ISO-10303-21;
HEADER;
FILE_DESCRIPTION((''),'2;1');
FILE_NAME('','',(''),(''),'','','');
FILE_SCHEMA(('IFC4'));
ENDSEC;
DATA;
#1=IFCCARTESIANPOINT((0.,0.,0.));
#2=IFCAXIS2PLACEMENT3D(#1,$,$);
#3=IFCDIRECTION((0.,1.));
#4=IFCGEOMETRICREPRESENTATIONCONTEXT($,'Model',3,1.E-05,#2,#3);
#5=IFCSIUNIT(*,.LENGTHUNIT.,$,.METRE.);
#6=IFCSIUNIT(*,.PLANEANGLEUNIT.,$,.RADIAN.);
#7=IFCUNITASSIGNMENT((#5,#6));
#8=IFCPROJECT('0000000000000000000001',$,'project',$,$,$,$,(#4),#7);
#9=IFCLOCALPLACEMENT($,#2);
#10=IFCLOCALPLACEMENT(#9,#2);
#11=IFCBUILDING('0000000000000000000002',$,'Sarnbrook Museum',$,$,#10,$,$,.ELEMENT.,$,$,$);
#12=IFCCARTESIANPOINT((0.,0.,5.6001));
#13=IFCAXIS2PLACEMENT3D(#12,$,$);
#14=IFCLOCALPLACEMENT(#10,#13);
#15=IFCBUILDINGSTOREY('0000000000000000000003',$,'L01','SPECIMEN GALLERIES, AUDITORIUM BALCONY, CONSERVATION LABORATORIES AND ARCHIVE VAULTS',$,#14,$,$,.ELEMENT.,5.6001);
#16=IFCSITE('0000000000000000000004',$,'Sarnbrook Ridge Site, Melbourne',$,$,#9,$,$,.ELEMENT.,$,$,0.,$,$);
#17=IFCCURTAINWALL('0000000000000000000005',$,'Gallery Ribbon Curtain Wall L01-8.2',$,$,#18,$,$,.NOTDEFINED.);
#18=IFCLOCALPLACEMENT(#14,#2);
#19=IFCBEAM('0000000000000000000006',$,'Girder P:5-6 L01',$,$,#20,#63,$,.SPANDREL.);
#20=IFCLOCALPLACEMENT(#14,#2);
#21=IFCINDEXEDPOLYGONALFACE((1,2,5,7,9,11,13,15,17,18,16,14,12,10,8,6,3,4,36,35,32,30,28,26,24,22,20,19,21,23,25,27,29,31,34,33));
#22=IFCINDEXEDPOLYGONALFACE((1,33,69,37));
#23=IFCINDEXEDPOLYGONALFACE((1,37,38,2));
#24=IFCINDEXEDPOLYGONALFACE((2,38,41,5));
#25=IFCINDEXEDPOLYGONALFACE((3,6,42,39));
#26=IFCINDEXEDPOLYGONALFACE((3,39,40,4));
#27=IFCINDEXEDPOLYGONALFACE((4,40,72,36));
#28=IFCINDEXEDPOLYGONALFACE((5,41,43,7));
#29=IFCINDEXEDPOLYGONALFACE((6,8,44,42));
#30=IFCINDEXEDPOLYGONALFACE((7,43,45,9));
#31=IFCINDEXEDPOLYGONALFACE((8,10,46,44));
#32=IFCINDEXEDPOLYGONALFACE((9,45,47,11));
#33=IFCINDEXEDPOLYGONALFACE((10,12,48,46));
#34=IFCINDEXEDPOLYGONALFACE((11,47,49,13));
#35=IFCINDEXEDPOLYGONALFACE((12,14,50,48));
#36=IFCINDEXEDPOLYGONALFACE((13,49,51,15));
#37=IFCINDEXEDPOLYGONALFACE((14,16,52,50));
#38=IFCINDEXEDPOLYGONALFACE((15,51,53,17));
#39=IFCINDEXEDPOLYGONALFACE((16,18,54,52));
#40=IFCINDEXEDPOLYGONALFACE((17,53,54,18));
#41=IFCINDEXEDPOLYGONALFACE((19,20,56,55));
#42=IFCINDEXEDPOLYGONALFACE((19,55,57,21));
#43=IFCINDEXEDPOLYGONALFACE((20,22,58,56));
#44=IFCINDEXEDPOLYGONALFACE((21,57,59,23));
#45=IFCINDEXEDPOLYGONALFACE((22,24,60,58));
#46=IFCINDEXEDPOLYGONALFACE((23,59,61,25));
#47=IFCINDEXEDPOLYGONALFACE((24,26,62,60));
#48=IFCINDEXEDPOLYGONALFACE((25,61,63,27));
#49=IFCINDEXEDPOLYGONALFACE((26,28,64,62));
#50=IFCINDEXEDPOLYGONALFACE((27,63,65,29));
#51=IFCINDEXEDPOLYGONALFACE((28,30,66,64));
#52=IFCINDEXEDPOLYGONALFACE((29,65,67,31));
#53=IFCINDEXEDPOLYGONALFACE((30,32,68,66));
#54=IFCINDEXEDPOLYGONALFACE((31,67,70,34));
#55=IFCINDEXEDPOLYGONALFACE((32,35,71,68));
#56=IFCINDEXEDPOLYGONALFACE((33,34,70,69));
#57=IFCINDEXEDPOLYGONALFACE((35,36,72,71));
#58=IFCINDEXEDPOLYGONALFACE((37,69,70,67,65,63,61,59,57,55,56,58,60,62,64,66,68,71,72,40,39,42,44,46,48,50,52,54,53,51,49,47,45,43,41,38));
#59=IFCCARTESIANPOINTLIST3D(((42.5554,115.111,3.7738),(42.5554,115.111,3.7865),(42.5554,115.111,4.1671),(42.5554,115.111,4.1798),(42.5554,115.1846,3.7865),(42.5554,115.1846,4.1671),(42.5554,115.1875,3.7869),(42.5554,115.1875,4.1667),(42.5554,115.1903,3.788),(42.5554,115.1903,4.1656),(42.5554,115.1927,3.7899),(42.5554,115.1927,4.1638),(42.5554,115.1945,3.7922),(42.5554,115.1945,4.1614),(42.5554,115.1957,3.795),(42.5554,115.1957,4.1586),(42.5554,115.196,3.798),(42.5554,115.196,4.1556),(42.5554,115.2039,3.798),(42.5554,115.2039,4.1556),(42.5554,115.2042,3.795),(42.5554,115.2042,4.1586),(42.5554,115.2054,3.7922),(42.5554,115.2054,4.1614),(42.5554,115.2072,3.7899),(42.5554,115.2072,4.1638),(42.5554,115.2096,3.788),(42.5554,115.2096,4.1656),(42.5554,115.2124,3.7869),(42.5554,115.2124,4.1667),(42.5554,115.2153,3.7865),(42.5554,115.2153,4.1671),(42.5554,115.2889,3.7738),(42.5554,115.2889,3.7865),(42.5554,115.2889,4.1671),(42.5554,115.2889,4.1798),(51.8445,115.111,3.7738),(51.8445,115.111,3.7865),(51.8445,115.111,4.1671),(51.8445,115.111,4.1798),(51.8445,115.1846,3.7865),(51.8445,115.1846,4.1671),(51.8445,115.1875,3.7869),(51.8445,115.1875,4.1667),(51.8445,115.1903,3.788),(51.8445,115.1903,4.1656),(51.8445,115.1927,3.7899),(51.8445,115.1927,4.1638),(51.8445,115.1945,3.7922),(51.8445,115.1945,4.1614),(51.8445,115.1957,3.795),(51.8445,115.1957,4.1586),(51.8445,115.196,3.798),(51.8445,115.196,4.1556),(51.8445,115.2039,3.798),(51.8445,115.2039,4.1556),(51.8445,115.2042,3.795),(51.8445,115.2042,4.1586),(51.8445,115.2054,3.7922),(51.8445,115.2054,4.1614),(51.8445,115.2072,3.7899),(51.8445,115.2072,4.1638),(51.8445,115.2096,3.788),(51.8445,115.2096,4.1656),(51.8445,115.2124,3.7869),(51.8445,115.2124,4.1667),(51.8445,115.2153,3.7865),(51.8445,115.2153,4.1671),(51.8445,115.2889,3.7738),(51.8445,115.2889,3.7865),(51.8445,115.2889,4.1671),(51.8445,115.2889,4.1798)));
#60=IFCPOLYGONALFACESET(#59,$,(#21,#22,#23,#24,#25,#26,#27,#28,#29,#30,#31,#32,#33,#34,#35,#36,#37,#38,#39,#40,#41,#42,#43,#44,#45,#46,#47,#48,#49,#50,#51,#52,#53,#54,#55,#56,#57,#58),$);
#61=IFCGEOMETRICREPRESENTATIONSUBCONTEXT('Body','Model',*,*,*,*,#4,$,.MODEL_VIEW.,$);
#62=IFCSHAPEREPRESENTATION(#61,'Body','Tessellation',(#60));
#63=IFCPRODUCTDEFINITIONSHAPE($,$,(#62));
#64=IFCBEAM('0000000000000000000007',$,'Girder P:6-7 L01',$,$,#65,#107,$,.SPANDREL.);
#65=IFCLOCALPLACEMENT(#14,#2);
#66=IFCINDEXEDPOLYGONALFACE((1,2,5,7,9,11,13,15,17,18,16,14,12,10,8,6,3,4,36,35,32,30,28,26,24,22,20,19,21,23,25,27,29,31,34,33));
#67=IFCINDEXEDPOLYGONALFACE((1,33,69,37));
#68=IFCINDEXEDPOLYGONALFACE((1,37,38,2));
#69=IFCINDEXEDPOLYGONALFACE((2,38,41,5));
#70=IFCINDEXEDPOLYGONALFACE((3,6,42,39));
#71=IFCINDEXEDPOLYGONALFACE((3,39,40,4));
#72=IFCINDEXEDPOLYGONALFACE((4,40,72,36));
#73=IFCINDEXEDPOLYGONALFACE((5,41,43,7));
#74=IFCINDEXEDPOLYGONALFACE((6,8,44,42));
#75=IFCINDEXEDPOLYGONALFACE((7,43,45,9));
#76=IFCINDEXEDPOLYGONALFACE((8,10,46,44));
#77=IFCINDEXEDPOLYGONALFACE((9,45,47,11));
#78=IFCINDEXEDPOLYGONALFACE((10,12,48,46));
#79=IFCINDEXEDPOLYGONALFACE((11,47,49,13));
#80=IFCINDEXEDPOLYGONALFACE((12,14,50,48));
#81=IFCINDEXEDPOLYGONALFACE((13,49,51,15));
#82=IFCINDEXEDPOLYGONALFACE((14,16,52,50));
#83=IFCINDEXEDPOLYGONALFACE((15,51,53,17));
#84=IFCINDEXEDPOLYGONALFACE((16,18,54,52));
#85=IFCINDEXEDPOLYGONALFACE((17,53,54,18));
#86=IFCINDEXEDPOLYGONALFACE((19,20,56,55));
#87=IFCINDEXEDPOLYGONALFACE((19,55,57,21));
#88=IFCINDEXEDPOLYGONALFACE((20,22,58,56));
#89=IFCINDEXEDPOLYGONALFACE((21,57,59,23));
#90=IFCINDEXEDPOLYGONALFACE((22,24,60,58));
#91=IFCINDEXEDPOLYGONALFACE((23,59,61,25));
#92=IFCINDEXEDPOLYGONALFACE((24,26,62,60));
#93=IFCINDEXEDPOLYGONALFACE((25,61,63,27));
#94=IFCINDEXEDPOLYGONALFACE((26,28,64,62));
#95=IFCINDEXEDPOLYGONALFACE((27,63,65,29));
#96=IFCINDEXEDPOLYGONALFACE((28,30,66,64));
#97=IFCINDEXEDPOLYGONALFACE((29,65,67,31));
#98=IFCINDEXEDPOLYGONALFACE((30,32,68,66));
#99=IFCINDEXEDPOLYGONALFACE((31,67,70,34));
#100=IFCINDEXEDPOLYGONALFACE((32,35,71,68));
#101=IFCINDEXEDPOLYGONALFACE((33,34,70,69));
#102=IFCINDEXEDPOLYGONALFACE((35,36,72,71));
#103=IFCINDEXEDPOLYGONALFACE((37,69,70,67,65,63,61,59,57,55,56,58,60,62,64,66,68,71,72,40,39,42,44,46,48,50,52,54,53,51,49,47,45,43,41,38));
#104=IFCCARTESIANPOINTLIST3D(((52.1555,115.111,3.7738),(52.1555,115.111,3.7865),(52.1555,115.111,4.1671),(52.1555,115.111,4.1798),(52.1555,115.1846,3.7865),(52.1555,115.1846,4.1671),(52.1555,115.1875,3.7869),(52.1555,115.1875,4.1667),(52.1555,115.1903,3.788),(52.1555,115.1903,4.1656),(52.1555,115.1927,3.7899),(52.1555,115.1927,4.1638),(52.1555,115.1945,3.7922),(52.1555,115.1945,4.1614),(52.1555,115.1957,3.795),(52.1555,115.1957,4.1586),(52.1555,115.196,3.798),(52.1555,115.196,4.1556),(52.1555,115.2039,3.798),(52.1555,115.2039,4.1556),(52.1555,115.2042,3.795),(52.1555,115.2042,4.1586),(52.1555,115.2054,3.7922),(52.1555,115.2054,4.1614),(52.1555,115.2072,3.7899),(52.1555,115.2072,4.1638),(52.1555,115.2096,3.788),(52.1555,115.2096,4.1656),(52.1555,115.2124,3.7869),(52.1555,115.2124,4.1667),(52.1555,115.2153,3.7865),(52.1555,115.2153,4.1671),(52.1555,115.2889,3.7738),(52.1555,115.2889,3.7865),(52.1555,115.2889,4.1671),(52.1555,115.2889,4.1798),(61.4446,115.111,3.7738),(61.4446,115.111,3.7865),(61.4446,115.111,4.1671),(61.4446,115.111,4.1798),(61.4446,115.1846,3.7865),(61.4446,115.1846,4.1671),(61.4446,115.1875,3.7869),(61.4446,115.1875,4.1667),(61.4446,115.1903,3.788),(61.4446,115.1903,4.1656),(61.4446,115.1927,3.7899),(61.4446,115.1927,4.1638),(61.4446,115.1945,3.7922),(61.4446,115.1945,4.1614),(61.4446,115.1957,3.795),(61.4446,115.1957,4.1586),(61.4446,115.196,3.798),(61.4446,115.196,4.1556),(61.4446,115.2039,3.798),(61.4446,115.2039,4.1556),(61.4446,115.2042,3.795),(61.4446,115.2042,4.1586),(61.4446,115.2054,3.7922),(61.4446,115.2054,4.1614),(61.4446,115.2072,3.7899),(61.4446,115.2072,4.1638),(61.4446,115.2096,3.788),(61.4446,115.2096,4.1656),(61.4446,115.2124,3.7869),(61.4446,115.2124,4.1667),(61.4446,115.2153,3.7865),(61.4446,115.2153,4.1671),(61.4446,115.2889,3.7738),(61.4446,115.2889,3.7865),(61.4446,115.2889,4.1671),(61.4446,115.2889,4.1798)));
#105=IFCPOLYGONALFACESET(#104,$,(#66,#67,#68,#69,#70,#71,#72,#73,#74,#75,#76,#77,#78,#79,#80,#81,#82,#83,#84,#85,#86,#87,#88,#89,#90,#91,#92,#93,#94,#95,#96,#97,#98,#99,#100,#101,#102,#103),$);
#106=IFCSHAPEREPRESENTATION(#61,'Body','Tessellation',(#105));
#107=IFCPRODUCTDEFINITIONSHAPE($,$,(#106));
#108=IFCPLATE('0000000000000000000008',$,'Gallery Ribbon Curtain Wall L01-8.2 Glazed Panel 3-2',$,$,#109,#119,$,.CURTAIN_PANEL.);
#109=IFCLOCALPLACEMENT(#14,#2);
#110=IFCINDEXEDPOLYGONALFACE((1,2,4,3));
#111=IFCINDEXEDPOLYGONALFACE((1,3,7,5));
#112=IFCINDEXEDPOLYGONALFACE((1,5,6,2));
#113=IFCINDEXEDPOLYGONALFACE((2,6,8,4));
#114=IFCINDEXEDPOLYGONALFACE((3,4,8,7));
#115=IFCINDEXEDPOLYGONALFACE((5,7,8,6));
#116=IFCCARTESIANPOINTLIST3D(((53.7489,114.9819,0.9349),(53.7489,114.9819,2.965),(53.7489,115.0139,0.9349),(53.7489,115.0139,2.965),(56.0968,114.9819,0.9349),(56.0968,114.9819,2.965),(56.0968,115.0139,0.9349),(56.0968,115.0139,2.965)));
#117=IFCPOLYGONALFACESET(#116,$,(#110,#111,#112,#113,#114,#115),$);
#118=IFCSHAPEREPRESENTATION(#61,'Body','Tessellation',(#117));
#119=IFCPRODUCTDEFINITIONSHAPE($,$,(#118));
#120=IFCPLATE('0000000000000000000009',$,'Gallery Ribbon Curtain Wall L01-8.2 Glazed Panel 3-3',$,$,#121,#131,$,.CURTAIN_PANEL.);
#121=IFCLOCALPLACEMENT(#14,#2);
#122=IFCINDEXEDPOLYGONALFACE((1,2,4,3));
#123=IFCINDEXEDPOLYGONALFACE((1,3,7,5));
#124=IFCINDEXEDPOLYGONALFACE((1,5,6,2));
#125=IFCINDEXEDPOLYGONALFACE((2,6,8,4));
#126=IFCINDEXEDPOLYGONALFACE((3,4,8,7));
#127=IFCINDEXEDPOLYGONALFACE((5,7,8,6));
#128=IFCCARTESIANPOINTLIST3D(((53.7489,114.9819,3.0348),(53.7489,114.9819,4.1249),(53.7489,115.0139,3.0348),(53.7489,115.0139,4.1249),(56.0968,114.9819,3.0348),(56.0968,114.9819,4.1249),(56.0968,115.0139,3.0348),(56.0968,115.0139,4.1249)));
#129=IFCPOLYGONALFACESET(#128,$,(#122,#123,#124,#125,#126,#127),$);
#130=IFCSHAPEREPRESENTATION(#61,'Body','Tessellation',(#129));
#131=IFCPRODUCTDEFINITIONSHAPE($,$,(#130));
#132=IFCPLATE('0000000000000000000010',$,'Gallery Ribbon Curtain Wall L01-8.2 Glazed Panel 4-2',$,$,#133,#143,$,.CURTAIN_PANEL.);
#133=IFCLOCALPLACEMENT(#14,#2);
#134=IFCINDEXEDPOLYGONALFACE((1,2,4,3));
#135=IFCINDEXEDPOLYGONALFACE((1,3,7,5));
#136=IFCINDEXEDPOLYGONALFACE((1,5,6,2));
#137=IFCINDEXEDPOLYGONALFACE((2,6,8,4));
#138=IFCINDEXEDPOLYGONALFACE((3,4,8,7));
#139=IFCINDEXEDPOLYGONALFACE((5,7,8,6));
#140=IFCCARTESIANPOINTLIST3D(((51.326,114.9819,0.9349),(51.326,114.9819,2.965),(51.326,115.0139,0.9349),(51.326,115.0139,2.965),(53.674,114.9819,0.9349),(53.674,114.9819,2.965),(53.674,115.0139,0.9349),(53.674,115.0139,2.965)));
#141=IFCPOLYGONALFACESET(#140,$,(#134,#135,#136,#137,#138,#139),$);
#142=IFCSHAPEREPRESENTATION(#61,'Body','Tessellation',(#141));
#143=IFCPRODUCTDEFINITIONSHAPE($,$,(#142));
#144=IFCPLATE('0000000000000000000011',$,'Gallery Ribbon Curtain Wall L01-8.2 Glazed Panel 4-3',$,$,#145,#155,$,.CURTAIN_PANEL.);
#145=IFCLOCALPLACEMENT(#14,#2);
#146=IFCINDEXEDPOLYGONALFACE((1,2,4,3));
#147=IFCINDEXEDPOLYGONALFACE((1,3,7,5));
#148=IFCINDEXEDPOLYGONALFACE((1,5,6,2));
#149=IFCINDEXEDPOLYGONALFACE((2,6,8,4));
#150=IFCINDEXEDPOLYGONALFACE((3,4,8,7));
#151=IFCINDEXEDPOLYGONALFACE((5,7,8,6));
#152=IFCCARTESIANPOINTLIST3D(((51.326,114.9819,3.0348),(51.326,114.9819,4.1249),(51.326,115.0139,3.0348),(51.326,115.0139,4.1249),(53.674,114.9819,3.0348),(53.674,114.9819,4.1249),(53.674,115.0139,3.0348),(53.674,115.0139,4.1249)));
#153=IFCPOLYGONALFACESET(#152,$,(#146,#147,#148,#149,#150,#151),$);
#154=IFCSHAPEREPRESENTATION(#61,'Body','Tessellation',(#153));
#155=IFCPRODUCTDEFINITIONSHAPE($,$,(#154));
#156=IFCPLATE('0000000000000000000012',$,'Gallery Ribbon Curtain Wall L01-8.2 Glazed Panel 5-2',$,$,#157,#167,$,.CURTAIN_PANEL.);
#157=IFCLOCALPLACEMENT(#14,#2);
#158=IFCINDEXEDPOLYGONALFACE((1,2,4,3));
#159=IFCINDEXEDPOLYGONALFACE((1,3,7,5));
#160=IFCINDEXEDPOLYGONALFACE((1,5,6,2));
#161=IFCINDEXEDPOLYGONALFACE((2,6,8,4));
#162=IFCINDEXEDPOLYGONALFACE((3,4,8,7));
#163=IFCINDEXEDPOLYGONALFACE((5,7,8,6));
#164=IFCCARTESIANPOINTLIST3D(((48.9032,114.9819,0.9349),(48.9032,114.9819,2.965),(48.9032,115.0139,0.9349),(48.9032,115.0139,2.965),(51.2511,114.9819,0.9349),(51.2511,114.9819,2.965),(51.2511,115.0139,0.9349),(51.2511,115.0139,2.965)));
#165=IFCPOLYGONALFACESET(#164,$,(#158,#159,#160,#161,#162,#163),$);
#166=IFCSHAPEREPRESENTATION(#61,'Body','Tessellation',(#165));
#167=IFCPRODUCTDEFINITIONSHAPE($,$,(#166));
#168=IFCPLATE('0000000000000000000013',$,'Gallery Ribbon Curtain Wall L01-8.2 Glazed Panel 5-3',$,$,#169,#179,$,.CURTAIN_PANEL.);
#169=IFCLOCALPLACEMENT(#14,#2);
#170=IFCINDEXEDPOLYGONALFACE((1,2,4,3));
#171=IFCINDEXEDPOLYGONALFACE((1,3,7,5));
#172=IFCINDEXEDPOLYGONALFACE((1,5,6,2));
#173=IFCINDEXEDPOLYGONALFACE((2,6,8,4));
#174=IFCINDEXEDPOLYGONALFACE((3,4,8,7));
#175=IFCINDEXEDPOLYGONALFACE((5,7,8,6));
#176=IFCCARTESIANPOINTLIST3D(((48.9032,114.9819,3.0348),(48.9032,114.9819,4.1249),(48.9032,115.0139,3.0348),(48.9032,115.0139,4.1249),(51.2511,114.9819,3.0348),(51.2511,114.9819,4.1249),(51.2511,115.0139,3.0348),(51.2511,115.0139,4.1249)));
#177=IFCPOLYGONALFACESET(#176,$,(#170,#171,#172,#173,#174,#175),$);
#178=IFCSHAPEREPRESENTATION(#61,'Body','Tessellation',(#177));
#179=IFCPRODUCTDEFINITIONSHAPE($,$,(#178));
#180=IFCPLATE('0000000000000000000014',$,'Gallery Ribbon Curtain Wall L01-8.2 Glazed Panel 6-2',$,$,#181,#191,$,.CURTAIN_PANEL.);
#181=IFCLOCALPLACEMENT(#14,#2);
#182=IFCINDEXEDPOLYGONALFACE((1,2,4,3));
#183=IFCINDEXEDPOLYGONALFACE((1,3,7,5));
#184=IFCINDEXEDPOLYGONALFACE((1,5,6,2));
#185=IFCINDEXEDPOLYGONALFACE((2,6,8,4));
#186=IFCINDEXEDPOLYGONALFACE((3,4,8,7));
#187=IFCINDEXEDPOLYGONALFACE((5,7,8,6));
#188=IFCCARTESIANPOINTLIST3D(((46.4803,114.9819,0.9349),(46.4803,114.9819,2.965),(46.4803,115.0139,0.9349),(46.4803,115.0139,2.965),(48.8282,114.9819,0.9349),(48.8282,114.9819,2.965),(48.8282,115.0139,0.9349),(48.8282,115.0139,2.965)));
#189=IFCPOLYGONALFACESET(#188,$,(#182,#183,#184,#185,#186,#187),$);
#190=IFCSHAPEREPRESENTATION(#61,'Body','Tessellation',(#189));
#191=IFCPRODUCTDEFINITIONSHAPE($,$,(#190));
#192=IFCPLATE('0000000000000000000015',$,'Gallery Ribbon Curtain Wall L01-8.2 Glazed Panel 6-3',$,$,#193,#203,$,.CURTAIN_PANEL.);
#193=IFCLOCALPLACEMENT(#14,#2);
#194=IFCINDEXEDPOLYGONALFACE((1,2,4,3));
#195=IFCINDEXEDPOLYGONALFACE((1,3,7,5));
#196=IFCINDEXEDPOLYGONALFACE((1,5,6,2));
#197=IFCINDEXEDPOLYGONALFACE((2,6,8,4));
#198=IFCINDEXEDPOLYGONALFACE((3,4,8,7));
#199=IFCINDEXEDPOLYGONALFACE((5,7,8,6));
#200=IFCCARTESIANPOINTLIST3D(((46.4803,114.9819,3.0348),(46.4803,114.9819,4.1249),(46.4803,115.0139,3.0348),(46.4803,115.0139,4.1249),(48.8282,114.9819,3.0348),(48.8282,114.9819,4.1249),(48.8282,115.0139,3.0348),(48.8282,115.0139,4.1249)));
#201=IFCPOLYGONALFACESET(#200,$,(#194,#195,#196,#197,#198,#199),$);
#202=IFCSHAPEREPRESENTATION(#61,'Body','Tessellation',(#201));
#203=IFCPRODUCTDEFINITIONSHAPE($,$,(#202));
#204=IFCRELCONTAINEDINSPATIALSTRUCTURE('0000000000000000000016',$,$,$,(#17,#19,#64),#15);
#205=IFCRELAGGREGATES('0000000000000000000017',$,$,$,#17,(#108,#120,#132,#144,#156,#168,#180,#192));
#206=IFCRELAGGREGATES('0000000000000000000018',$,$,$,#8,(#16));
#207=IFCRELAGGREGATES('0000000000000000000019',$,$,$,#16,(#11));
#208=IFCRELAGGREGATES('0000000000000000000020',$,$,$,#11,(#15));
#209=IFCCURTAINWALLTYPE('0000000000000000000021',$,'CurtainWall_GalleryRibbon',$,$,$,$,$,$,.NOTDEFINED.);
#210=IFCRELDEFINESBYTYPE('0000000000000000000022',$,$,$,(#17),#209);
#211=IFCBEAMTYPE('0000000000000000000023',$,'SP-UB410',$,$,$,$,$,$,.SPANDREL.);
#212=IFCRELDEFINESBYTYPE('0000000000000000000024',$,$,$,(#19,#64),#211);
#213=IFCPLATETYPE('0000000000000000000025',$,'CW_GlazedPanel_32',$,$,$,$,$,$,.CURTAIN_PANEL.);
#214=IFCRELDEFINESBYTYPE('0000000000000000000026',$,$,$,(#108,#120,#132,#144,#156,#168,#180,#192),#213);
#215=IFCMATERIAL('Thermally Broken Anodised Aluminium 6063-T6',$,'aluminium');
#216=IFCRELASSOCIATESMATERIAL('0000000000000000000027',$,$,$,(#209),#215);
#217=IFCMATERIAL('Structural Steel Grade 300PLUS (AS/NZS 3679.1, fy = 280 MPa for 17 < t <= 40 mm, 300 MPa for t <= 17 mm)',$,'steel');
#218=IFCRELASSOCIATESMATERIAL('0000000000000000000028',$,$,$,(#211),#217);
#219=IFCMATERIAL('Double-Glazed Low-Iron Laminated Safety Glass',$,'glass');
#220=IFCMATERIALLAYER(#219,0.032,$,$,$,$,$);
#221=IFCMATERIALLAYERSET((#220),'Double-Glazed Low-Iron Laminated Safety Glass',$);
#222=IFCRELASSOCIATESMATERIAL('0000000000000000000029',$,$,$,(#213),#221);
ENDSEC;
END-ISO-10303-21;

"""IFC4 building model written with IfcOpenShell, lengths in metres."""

from ifc_helpers import new_model, si_unit, direction, frame, origin, origin_2d, place, context, subcontext, project, spatial, rectangle, i_section, extrude, material, layer, layer_set, material_profile, profile_set, type_object, element, aggregate, save


model = new_model("IFC4")

# Units and contexts
model_context = context("Model", 3, precision=1e-05, world=origin(), true_north=direction((0.0, 1.0)))
body_context = subcontext(model_context, "Body", "Model", "MODEL_VIEW")
ifc_project = project(units=[si_unit("LENGTHUNIT", "METRE"), si_unit("PLANEANGLEUNIT", "RADIAN")], contexts=[model_context])

# Site, building, storey
site_placement = place(None, origin())
site = spatial("IfcSite", under=ifc_project, at=site_placement, Name="Sarnbrook Ridge Site, Melbourne", CompositionType="ELEMENT", RefElevation=0.0)
building_placement = place(site_placement, origin())
building = spatial("IfcBuilding", under=site, at=building_placement, Name="Sarnbrook Museum", CompositionType="ELEMENT")
storey_placement = place(building_placement, frame((0.0, 0.0, 5.6001)))
storey = spatial("IfcBuildingStorey", under=building, at=storey_placement, Name="L01", Description="SPECIMEN GALLERIES, AUDITORIUM BALCONY, CONSERVATION LABORATORIES AND ARCHIVE VAULTS", CompositionType="ELEMENT", Elevation=5.6001)

# Shared definitions
ifc_material_1 = material(Name="Structural Steel Grade 300PLUS (AS/NZS 3679.1, fy = 280 MPa for 17 < t <= 40 mm, 300 MPa for t <= 17 mm)", Category="steel")

# Curtain wall
ifc_material_2 = material(Name="Thermally Broken Anodised Aluminium 6063-T6", Category="aluminium")
curtain_wall_type = type_object("IfcCurtainWallType", Name="CurtainWall_GalleryRibbon", PredefinedType="NOTDEFINED", material=ifc_material_2)
curtain_wall_placement = place(storey_placement, origin())
curtain_wall = element("IfcCurtainWall", 1, at=curtain_wall_placement, inside=storey, type_object=curtain_wall_type, Name="Gallery Ribbon Curtain Wall L01-8.2", PredefinedType="NOTDEFINED")

# Beams
ifc_material_profile_1 = material_profile(ifc_material_1, i_section(OverallWidth=0.178, OverallDepth=0.406, WebThickness=0.0078, FlangeThickness=0.0127, FilletRadius=0.0115, at=origin_2d()), Name="410UB59.7")
ifc_profile_set_1 = profile_set([ifc_material_profile_1], Name="Structural Steel Grade 300PLUS (AS/NZS 3679.1, fy = 280 MPa for 17 < t <= 40 mm, 300 MPa for t <= 17 mm)")
beam_type = type_object("IfcBeamType", Name="SP-UB410", PredefinedType="SPANDREL", material=ifc_profile_set_1)
for number, where, z_axis, x_axis, name in (
    (2, (42.5554, 115.2, 3.9768), (1.0, 0.0, 0.0), (0.0, 1.0, 0.0), "Girder P:5-6 L01"),
    (3, (52.1555, 115.2, 3.9768), (1.0, 0.0, 0.0), (0.0, 1.0, 0.0), "Girder P:6-7 L01"),
):
    element("IfcBeam", number, at=place(storey_placement, frame(where, z_axis=z_axis, x_axis=x_axis)), inside=storey, type_object=beam_type, Name=name, PredefinedType="SPANDREL", context=body_context, shape_type="SweptSolid", body=[
        extrude(i_section(OverallWidth=0.178, OverallDepth=0.406, WebThickness=0.0078, FlangeThickness=0.0127, FilletRadius=0.0115, at=origin_2d()), origin(), (0.0, 0.0, 1.0), 9.2891),
    ])

# Plates
ifc_material_3 = material(Name="Double-Glazed Low-Iron Laminated Safety Glass", Category="glass")
ifc_layer_1 = layer(ifc_material_3, 0.032)
ifc_layer_set_1 = layer_set([ifc_layer_1], Name="Double-Glazed Low-Iron Laminated Safety Glass")
plate_type_1 = type_object("IfcPlateType", Name="CW_GlazedPanel_32", PredefinedType="CURTAIN_PANEL", material=ifc_layer_set_1)
plate_1_placement = place(storey_placement, frame((54.9229, 114.9819, 1.95), z_axis=(0.0, 1.0, 0.0), x_axis=(-1.0, 0.0, 0.0)))
plate_1 = element("IfcPlate", 4, at=plate_1_placement, type_object=plate_type_1, Name="Gallery Ribbon Curtain Wall L01-8.2 Glazed Panel 3-2", PredefinedType="CURTAIN_PANEL", context=body_context, shape_type="SweptSolid", body=[
    extrude(rectangle(XDim=2.3479, YDim=2.03, at=origin_2d()), origin(), (0.0, 0.0, 1.0), 0.032),
])
plate_2_placement = place(storey_placement, frame((54.9229, 114.9819, 3.5798), z_axis=(0.0, 1.0, 0.0), x_axis=(-1.0, 0.0, 0.0)))
plate_2 = element("IfcPlate", 5, at=plate_2_placement, type_object=plate_type_1, Name="Gallery Ribbon Curtain Wall L01-8.2 Glazed Panel 3-3", PredefinedType="CURTAIN_PANEL", context=body_context, shape_type="SweptSolid", body=[
    extrude(rectangle(XDim=2.3479, YDim=1.0901, at=origin_2d()), origin(), (0.0, 0.0, 1.0), 0.032),
])
plate_3_placement = place(storey_placement, frame((52.5, 114.9819, 1.95), z_axis=(0.0, 1.0, 0.0), x_axis=(-1.0, 0.0, 0.0)))
plate_3 = element("IfcPlate", 6, at=plate_3_placement, type_object=plate_type_1, Name="Gallery Ribbon Curtain Wall L01-8.2 Glazed Panel 4-2", PredefinedType="CURTAIN_PANEL", context=body_context, shape_type="SweptSolid", body=[
    extrude(rectangle(XDim=2.3479, YDim=2.03, at=origin_2d()), origin(), (0.0, 0.0, 1.0), 0.032),
])
plate_4_placement = place(storey_placement, frame((52.5, 114.9819, 3.5798), z_axis=(0.0, 1.0, 0.0), x_axis=(-1.0, 0.0, 0.0)))
plate_4 = element("IfcPlate", 7, at=plate_4_placement, type_object=plate_type_1, Name="Gallery Ribbon Curtain Wall L01-8.2 Glazed Panel 4-3", PredefinedType="CURTAIN_PANEL", context=body_context, shape_type="SweptSolid", body=[
    extrude(rectangle(XDim=2.3479, YDim=1.0901, at=origin_2d()), origin(), (0.0, 0.0, 1.0), 0.032),
])
plate_5_placement = place(storey_placement, frame((50.0771, 114.9819, 1.95), z_axis=(0.0, 1.0, 0.0), x_axis=(-1.0, 0.0, 0.0)))
plate_5 = element("IfcPlate", 8, at=plate_5_placement, type_object=plate_type_1, Name="Gallery Ribbon Curtain Wall L01-8.2 Glazed Panel 5-2", PredefinedType="CURTAIN_PANEL", context=body_context, shape_type="SweptSolid", body=[
    extrude(rectangle(XDim=2.3479, YDim=2.03, at=origin_2d()), origin(), (0.0, 0.0, 1.0), 0.032),
])
plate_6_placement = place(storey_placement, frame((50.0771, 114.9819, 3.5798), z_axis=(0.0, 1.0, 0.0), x_axis=(-1.0, 0.0, 0.0)))
plate_6 = element("IfcPlate", 9, at=plate_6_placement, type_object=plate_type_1, Name="Gallery Ribbon Curtain Wall L01-8.2 Glazed Panel 5-3", PredefinedType="CURTAIN_PANEL", context=body_context, shape_type="SweptSolid", body=[
    extrude(rectangle(XDim=2.3479, YDim=1.0901, at=origin_2d()), origin(), (0.0, 0.0, 1.0), 0.032),
])
plate_7_placement = place(storey_placement, frame((47.6543, 114.9819, 1.95), z_axis=(0.0, 1.0, 0.0), x_axis=(-1.0, 0.0, 0.0)))
plate_7 = element("IfcPlate", 10, at=plate_7_placement, type_object=plate_type_1, Name="Gallery Ribbon Curtain Wall L01-8.2 Glazed Panel 6-2", PredefinedType="CURTAIN_PANEL", context=body_context, shape_type="SweptSolid", body=[
    extrude(rectangle(XDim=2.3479, YDim=2.03, at=origin_2d()), origin(), (0.0, 0.0, 1.0), 0.032),
])
plate_8_placement = place(storey_placement, frame((47.6543, 114.9819, 3.5798), z_axis=(0.0, 1.0, 0.0), x_axis=(-1.0, 0.0, 0.0)))
plate_8 = element("IfcPlate", 11, at=plate_8_placement, type_object=plate_type_1, Name="Gallery Ribbon Curtain Wall L01-8.2 Glazed Panel 6-3", PredefinedType="CURTAIN_PANEL", context=body_context, shape_type="SweptSolid", body=[
    extrude(rectangle(XDim=2.3479, YDim=1.0901, at=origin_2d()), origin(), (0.0, 0.0, 1.0), 0.032),
])
aggregate(curtain_wall, [plate_1, plate_2, plate_3, plate_4, plate_5, plate_6, plate_7, plate_8])

save(model, "model.ifc")
